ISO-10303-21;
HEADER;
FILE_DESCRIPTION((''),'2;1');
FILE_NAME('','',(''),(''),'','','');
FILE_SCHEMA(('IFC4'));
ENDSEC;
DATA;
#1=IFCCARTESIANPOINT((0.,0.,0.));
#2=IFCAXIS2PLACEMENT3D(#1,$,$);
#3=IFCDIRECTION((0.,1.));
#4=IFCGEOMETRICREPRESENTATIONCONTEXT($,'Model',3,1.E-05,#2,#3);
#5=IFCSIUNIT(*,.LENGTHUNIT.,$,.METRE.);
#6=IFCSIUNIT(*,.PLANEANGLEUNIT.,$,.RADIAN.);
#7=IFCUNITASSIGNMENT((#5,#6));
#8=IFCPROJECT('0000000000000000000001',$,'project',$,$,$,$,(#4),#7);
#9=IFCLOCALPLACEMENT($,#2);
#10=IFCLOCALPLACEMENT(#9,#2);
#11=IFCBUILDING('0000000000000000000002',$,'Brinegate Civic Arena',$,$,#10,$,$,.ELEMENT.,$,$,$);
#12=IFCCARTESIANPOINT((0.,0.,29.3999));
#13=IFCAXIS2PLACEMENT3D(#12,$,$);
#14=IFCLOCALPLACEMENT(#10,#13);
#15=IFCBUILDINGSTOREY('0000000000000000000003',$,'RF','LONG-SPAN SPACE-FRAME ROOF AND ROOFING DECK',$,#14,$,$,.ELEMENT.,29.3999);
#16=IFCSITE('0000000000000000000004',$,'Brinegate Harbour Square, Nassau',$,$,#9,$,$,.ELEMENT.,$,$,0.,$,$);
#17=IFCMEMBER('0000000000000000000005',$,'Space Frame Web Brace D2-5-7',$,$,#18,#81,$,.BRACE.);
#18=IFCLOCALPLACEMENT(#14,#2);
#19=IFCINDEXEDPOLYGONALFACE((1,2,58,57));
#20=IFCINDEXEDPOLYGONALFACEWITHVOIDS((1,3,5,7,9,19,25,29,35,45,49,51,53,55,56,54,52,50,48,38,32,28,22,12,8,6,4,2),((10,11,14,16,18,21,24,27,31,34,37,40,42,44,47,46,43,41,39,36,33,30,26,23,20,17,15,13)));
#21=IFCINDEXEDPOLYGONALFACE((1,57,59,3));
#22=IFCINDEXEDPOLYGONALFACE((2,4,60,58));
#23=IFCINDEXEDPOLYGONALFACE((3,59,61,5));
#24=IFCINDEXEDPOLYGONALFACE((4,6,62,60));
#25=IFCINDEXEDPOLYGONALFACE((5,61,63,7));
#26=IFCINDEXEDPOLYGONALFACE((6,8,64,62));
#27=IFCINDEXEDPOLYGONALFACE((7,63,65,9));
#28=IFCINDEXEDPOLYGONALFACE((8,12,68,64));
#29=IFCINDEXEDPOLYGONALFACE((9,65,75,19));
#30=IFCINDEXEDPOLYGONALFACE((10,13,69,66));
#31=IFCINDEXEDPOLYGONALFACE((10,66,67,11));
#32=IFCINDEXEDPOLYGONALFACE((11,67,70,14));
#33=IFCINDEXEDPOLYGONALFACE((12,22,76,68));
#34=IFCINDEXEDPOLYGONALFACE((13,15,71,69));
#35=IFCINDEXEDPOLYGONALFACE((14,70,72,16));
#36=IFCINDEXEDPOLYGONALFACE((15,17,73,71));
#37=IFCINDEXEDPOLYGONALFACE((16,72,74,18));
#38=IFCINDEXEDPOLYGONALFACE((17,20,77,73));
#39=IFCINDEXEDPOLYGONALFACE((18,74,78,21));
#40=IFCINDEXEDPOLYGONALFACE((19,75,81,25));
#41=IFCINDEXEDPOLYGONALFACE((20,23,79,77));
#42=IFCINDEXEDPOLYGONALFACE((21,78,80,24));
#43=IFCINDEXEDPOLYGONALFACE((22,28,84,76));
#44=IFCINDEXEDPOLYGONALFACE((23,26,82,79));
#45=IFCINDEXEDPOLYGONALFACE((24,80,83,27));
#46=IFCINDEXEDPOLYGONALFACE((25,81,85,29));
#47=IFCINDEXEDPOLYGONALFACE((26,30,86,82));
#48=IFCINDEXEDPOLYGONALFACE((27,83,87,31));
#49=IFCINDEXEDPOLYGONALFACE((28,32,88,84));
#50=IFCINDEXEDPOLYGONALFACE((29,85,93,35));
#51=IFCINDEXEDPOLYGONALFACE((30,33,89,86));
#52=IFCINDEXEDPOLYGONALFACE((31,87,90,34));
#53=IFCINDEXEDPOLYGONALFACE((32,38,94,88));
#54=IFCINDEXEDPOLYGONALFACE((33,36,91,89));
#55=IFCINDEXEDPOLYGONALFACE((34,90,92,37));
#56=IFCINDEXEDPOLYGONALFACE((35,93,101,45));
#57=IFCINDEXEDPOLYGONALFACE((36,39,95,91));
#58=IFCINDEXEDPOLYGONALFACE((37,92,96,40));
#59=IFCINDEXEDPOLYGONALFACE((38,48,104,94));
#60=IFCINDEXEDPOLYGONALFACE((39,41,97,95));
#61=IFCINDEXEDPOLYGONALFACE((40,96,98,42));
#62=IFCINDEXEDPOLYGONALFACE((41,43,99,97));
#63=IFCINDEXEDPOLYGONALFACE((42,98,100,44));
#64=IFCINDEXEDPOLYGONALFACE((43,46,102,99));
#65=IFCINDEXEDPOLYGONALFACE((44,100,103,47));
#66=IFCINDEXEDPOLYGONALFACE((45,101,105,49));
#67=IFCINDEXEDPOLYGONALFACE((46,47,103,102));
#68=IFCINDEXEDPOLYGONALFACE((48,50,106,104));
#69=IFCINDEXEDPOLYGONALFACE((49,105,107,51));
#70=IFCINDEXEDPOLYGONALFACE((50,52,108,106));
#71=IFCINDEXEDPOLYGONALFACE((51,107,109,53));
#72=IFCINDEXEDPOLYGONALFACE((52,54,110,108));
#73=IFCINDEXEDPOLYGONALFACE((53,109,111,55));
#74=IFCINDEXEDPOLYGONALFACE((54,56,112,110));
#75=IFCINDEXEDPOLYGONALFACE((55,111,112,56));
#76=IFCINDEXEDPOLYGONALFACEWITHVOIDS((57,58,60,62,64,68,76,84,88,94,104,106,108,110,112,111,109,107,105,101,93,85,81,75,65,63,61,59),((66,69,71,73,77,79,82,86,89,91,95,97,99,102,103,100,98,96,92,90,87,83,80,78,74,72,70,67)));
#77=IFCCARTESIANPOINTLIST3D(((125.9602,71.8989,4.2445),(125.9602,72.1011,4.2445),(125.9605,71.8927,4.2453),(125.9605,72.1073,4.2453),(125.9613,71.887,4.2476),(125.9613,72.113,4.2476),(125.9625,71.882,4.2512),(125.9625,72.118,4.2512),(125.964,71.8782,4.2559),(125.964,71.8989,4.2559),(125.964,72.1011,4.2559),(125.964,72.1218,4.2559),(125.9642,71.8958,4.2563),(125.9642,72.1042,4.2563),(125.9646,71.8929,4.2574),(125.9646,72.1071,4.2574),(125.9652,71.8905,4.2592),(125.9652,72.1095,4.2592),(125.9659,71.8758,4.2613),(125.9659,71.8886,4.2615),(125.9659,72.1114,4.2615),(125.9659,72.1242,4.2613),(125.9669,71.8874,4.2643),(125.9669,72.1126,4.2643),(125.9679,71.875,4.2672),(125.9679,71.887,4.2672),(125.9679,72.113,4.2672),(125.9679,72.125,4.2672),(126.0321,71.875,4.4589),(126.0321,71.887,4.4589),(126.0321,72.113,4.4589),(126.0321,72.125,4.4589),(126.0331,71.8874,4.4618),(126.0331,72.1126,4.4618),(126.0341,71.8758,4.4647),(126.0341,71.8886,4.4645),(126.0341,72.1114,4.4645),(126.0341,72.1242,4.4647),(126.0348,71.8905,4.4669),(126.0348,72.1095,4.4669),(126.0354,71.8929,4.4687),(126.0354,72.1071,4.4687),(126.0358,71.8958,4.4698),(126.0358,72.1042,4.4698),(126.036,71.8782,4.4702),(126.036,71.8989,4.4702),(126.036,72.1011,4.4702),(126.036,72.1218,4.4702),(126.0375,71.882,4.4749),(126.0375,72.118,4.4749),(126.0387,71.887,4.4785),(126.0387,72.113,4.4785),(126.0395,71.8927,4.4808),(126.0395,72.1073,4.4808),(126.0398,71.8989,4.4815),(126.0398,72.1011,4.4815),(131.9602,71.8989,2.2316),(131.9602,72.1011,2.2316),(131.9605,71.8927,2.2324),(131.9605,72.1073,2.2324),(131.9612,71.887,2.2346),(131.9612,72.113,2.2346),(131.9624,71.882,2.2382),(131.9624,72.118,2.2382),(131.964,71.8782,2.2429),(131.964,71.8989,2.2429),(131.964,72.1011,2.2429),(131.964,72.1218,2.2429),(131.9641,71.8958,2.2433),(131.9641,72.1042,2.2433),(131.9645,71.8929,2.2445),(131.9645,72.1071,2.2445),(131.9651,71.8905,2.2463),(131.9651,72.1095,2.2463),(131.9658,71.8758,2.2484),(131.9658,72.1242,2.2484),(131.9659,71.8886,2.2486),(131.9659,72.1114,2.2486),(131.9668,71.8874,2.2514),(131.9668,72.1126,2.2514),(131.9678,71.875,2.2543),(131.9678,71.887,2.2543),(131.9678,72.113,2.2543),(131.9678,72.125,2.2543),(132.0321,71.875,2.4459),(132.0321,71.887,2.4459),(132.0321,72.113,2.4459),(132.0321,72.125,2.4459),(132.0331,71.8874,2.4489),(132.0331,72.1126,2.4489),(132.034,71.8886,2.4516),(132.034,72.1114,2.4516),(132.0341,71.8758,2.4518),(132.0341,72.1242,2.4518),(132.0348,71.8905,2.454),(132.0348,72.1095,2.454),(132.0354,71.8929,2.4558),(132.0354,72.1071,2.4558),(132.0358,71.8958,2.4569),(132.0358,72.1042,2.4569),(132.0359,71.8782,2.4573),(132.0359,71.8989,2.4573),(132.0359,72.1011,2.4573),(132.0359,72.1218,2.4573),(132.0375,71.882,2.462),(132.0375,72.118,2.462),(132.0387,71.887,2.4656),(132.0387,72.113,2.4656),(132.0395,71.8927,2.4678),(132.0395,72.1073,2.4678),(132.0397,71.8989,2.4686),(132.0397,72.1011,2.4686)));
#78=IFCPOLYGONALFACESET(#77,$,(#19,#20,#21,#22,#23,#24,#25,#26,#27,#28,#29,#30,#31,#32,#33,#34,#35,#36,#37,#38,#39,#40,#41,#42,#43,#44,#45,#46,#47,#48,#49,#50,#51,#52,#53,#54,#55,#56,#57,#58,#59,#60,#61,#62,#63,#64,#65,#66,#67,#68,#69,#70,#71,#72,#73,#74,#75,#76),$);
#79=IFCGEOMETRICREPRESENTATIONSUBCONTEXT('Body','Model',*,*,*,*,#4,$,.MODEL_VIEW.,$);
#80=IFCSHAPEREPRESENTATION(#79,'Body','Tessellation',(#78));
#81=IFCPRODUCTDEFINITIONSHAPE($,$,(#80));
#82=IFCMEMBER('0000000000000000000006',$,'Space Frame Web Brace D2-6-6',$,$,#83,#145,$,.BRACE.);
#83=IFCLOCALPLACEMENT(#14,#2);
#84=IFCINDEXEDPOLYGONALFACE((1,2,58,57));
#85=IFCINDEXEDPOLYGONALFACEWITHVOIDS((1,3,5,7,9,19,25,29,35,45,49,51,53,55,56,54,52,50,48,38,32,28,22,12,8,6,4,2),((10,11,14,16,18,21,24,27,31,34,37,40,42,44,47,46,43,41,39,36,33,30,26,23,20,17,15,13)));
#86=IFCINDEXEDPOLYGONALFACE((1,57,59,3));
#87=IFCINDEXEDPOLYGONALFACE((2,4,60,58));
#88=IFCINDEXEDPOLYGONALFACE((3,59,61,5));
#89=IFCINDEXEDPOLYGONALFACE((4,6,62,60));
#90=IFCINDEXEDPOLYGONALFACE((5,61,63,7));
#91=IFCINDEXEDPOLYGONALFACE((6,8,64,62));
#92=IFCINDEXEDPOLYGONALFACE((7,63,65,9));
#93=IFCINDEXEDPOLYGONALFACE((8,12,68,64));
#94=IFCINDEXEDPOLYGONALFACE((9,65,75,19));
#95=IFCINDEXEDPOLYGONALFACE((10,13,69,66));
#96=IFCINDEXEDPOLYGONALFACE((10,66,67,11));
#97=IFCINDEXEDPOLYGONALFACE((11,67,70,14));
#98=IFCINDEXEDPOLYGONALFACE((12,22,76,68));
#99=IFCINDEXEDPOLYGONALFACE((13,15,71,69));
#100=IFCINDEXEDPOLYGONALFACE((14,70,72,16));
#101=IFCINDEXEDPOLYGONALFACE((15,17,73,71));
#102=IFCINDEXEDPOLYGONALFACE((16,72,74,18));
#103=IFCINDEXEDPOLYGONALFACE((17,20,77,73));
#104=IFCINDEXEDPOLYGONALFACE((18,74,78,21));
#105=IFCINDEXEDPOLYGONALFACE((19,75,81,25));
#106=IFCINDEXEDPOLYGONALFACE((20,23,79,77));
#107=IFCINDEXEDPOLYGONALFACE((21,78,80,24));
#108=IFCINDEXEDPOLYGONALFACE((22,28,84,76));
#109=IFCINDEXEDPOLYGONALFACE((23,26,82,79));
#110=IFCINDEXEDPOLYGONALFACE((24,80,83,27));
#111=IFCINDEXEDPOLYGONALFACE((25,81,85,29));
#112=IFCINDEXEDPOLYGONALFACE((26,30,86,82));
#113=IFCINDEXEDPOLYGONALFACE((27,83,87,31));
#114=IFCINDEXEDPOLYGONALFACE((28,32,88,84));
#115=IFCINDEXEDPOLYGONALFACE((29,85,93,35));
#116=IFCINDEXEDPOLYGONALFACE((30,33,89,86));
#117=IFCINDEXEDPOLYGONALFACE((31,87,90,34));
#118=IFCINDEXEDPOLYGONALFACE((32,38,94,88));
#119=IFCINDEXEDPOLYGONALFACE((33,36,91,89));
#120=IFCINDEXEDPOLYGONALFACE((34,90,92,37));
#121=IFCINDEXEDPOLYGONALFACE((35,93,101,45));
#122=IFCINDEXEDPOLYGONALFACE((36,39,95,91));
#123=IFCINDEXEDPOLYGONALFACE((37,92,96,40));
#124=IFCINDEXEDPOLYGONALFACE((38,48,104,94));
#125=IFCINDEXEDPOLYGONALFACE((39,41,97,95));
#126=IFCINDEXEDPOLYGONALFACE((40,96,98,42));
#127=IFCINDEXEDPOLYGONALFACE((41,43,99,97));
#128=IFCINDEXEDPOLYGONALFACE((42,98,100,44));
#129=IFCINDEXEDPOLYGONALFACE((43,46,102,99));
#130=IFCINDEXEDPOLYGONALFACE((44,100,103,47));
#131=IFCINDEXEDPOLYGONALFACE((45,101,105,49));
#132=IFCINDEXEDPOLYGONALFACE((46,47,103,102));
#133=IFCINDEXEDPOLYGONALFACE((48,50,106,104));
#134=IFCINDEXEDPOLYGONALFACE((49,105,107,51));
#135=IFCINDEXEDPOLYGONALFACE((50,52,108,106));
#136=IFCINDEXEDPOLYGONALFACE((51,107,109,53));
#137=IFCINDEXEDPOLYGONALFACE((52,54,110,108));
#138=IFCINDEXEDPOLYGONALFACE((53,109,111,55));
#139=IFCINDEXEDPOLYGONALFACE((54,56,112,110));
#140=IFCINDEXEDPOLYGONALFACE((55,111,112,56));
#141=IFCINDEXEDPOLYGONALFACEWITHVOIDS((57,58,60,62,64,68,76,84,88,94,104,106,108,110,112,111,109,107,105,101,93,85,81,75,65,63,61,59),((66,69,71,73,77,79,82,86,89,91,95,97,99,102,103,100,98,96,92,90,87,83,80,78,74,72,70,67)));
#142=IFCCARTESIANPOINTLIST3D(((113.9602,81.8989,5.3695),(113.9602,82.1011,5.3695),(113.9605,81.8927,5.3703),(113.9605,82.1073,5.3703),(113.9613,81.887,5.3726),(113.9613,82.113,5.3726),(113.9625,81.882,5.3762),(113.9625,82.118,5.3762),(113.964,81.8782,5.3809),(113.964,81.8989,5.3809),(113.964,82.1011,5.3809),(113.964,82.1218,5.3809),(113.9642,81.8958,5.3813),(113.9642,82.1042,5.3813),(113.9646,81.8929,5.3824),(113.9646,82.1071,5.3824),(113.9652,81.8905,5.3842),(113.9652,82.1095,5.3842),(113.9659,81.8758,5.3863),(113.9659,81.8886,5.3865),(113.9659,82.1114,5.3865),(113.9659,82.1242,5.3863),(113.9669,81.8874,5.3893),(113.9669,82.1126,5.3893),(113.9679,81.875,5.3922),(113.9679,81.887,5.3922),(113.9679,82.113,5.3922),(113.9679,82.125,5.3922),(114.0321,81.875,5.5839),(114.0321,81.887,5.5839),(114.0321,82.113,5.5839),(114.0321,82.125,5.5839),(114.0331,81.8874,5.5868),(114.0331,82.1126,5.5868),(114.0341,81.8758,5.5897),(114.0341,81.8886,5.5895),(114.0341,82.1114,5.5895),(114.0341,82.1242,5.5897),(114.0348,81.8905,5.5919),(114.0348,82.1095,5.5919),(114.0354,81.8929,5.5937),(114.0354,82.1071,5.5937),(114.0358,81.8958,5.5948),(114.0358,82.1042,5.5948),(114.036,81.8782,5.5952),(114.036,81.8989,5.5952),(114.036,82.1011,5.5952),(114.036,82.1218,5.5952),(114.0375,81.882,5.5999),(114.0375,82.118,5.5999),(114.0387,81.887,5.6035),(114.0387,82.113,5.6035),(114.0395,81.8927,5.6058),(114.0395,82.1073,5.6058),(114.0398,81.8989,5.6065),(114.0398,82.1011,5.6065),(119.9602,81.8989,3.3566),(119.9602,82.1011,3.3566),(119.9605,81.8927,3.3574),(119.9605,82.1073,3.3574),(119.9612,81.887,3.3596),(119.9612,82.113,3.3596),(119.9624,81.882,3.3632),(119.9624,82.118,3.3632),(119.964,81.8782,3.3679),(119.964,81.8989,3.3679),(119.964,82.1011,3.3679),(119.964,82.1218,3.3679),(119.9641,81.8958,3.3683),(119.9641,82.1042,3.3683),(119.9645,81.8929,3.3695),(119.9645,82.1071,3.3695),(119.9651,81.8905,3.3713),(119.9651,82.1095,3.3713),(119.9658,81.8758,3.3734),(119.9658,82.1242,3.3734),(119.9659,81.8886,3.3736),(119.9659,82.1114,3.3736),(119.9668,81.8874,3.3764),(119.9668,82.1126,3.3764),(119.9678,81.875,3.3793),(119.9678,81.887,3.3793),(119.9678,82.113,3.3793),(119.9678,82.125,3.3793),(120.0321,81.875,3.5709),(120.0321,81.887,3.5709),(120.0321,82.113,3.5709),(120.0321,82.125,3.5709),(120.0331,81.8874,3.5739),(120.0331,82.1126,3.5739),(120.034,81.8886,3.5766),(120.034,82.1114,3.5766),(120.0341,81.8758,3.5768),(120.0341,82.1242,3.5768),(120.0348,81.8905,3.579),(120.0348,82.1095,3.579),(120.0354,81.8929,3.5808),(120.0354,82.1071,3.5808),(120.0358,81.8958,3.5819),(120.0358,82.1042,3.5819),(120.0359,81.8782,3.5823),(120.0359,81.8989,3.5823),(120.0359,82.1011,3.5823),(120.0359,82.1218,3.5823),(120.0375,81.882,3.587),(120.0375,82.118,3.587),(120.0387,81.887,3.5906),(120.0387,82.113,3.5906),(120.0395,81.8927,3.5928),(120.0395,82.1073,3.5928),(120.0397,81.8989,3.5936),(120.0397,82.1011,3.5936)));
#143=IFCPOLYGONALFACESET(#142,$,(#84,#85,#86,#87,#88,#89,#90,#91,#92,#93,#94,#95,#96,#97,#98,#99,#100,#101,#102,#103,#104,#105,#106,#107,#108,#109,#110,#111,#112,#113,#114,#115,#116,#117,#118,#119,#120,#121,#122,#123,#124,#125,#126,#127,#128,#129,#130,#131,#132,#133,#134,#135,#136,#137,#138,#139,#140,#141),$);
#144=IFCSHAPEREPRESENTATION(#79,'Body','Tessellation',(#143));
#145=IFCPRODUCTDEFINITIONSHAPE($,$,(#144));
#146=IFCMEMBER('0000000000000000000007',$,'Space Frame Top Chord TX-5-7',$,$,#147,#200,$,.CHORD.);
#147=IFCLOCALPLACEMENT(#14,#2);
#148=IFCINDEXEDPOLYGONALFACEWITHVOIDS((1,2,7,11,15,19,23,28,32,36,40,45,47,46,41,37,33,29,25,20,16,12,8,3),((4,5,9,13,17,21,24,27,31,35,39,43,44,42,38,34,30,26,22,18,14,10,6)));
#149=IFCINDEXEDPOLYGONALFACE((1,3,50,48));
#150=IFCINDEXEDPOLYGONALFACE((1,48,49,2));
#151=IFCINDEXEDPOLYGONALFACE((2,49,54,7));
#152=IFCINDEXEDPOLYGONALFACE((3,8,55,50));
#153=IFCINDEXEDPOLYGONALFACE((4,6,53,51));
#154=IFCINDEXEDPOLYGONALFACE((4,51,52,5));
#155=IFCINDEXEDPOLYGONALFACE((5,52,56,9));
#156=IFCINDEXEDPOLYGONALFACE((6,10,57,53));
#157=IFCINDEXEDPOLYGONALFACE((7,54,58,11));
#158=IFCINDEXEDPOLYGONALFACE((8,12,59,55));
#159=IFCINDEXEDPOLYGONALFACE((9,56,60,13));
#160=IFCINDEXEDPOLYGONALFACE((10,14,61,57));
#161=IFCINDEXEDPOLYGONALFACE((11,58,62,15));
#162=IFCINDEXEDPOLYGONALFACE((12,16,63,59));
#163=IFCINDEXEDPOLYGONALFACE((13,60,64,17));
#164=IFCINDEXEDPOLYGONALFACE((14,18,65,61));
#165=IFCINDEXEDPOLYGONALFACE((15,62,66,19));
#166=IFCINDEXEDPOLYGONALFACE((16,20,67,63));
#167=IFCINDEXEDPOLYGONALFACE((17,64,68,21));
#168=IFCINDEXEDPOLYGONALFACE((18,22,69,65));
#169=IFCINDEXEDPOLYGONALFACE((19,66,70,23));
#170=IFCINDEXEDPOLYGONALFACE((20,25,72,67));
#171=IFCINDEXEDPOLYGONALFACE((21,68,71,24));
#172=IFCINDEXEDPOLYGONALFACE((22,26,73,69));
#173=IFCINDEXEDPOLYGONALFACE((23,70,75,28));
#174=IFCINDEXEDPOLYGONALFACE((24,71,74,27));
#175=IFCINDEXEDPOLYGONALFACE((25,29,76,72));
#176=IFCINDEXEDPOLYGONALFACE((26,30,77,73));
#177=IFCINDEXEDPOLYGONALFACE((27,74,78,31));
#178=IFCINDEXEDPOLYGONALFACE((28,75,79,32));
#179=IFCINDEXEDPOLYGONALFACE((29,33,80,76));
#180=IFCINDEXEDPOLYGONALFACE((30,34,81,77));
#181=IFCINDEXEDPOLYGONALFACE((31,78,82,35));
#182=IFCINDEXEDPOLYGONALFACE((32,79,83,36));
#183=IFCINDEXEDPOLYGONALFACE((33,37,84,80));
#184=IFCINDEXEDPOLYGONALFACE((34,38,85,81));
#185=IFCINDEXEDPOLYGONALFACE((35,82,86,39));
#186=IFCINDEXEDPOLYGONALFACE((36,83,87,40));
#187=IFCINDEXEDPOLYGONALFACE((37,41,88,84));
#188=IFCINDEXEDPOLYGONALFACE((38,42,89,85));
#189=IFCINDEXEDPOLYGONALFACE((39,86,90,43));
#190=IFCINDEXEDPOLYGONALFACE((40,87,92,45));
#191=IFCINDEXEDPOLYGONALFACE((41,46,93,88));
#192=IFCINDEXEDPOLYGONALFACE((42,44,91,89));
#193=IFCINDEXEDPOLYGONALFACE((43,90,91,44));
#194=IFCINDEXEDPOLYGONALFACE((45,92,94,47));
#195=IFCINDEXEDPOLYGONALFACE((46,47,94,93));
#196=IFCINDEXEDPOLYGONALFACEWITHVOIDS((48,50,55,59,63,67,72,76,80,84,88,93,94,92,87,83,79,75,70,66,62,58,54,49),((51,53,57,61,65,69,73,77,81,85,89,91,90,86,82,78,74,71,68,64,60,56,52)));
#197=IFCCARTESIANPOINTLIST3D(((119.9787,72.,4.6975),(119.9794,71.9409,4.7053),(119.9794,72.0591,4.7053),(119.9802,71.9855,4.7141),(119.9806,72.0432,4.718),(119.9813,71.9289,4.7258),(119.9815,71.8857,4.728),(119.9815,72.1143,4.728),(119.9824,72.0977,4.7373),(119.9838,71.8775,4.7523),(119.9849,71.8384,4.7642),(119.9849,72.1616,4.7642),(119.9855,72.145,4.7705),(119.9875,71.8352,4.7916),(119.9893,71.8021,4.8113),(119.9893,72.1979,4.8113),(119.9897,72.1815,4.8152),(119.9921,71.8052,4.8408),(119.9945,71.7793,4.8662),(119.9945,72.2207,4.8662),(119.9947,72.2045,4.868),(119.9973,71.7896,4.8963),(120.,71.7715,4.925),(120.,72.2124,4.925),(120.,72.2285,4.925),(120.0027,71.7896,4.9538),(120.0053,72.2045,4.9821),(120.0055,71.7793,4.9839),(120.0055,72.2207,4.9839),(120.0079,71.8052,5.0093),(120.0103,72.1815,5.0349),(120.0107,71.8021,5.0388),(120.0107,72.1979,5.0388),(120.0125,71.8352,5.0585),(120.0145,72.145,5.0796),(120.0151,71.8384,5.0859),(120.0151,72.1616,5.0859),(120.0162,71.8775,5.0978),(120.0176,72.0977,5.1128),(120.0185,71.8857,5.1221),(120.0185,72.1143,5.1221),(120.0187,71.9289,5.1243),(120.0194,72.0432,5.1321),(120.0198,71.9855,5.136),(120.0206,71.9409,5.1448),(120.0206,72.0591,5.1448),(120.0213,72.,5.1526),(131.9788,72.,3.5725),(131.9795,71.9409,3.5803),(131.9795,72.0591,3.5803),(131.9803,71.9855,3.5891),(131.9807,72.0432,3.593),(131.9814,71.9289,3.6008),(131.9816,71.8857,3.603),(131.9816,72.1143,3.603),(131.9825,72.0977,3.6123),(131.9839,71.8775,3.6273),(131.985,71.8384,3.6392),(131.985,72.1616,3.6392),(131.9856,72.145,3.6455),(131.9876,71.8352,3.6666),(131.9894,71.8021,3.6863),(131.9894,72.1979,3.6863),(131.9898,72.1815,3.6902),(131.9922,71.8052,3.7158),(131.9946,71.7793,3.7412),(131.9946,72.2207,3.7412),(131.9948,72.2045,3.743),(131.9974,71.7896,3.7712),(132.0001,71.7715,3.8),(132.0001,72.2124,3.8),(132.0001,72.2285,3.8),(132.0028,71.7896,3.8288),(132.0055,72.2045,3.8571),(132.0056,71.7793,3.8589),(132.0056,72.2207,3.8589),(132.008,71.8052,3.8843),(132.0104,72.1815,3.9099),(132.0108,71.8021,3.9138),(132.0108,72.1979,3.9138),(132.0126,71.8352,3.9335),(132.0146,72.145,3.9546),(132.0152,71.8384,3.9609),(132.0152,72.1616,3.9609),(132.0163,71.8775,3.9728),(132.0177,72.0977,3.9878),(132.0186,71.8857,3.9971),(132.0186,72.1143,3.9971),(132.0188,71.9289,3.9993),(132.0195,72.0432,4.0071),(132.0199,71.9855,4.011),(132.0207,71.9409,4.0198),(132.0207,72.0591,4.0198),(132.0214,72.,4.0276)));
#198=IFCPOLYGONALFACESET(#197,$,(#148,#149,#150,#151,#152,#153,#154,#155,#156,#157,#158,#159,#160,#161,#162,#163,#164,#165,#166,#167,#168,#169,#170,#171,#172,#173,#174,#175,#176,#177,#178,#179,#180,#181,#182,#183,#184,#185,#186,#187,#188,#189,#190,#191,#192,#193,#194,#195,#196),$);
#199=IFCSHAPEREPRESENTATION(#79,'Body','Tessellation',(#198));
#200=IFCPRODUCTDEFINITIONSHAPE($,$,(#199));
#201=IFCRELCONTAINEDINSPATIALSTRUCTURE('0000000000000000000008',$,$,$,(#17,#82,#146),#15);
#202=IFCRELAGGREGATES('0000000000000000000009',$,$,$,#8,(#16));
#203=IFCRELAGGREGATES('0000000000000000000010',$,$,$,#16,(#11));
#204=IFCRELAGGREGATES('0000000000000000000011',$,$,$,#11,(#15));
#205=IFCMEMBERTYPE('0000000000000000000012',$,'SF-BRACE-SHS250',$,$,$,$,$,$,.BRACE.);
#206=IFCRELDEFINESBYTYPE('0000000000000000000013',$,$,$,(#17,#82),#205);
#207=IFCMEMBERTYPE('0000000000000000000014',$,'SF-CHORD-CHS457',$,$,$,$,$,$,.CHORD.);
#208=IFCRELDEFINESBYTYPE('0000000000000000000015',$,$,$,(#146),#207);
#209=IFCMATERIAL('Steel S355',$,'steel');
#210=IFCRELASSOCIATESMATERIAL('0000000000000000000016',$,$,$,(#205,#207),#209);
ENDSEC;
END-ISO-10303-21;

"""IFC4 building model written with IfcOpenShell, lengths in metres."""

from ifc_helpers import new_model, si_unit, direction, frame, origin, origin_2d, place, context, subcontext, project, spatial, hollow_rectangle, hollow_circle, extrude, material, material_profile, profile_set, type_object, element, save


model = new_model("IFC4")

# Units and contexts
model_context = context("Model", 3, precision=1e-05, world=origin(), true_north=direction((0.0, 1.0)))
body_context = subcontext(model_context, "Body", "Model", "MODEL_VIEW")
ifc_project = project(units=[si_unit("LENGTHUNIT", "METRE"), si_unit("PLANEANGLEUNIT", "RADIAN")], contexts=[model_context])

# Site, building, storey
site_placement = place(None, origin())
site = spatial("IfcSite", under=ifc_project, at=site_placement, Name="Brinegate Harbour Square, Nassau", CompositionType="ELEMENT", RefElevation=0.0)
building_placement = place(site_placement, origin())
building = spatial("IfcBuilding", under=site, at=building_placement, Name="Brinegate Civic Arena", CompositionType="ELEMENT")
storey_placement = place(building_placement, frame((0.0, 0.0, 29.3999)))
storey = spatial("IfcBuildingStorey", under=building, at=storey_placement, Name="RF", Description="LONG-SPAN SPACE-FRAME ROOF AND ROOFING DECK", CompositionType="ELEMENT", Elevation=29.3999)

# Members
ifc_material = material(Name="Steel S355", Category="steel")
ifc_material_profile_1 = material_profile(ifc_material, hollow_rectangle(XDim=0.25, YDim=0.25, WallThickness=0.012, InnerFilletRadius=0.012, OuterFilletRadius=0.0239, at=origin_2d()), Name="SHS250X12")
ifc_profile_set_1 = profile_set([ifc_material_profile_1], Name="Steel S355")
member_type_1 = type_object("IfcMemberType", Name="SF-BRACE-SHS250", PredefinedType="BRACE", material=ifc_profile_set_1)
for number, where, z_axis, x_axis, name in (
    (1, (126.0, 72.0, 4.363), (0.948068, 0.0, -0.318067), (0.0, 1.0, 0.0), "Space Frame Web Brace D2-5-7"),
    (2, (114.0, 82.0, 5.488), (0.948068, 0.0, -0.318067), (0.0, 1.0, 0.0), "Space Frame Web Brace D2-6-6"),
):
    element("IfcMember", number, at=place(storey_placement, frame(where, z_axis=z_axis, x_axis=x_axis)), inside=storey, type_object=member_type_1, Name=name, PredefinedType="BRACE", context=body_context, shape_type="SweptSolid", body=[
        extrude(hollow_rectangle(XDim=0.25, YDim=0.25, WallThickness=0.012, InnerFilletRadius=0.012, OuterFilletRadius=0.0239, at=origin_2d()), origin(), (0.0, 0.0, 1.0), 6.3286),
    ])
ifc_material_profile_2 = material_profile(ifc_material, hollow_circle(Radius=0.2285, WallThickness=0.0161, at=origin_2d()), Name="CHS457X16")
ifc_profile_set_2 = profile_set([ifc_material_profile_2], Name="Steel S355")
member_type_2 = type_object("IfcMemberType", Name="SF-CHORD-CHS457", PredefinedType="CHORD", material=ifc_profile_set_2)
member_1_placement = place(storey_placement, frame((120.0, 72.0, 4.925), z_axis=(0.995634, 0.0, -0.093341), x_axis=(0.0, 1.0, 0.0)))
element("IfcMember", 3, at=member_1_placement, inside=storey, type_object=member_type_2, Name="Space Frame Top Chord TX-5-7", PredefinedType="CHORD", context=body_context, shape_type="SweptSolid", body=[
    extrude(hollow_circle(Radius=0.2285, WallThickness=0.0161, at=origin_2d()), origin(), (0.0, 0.0, 1.0), 12.0527),
])

save(model, "model.ifc")
